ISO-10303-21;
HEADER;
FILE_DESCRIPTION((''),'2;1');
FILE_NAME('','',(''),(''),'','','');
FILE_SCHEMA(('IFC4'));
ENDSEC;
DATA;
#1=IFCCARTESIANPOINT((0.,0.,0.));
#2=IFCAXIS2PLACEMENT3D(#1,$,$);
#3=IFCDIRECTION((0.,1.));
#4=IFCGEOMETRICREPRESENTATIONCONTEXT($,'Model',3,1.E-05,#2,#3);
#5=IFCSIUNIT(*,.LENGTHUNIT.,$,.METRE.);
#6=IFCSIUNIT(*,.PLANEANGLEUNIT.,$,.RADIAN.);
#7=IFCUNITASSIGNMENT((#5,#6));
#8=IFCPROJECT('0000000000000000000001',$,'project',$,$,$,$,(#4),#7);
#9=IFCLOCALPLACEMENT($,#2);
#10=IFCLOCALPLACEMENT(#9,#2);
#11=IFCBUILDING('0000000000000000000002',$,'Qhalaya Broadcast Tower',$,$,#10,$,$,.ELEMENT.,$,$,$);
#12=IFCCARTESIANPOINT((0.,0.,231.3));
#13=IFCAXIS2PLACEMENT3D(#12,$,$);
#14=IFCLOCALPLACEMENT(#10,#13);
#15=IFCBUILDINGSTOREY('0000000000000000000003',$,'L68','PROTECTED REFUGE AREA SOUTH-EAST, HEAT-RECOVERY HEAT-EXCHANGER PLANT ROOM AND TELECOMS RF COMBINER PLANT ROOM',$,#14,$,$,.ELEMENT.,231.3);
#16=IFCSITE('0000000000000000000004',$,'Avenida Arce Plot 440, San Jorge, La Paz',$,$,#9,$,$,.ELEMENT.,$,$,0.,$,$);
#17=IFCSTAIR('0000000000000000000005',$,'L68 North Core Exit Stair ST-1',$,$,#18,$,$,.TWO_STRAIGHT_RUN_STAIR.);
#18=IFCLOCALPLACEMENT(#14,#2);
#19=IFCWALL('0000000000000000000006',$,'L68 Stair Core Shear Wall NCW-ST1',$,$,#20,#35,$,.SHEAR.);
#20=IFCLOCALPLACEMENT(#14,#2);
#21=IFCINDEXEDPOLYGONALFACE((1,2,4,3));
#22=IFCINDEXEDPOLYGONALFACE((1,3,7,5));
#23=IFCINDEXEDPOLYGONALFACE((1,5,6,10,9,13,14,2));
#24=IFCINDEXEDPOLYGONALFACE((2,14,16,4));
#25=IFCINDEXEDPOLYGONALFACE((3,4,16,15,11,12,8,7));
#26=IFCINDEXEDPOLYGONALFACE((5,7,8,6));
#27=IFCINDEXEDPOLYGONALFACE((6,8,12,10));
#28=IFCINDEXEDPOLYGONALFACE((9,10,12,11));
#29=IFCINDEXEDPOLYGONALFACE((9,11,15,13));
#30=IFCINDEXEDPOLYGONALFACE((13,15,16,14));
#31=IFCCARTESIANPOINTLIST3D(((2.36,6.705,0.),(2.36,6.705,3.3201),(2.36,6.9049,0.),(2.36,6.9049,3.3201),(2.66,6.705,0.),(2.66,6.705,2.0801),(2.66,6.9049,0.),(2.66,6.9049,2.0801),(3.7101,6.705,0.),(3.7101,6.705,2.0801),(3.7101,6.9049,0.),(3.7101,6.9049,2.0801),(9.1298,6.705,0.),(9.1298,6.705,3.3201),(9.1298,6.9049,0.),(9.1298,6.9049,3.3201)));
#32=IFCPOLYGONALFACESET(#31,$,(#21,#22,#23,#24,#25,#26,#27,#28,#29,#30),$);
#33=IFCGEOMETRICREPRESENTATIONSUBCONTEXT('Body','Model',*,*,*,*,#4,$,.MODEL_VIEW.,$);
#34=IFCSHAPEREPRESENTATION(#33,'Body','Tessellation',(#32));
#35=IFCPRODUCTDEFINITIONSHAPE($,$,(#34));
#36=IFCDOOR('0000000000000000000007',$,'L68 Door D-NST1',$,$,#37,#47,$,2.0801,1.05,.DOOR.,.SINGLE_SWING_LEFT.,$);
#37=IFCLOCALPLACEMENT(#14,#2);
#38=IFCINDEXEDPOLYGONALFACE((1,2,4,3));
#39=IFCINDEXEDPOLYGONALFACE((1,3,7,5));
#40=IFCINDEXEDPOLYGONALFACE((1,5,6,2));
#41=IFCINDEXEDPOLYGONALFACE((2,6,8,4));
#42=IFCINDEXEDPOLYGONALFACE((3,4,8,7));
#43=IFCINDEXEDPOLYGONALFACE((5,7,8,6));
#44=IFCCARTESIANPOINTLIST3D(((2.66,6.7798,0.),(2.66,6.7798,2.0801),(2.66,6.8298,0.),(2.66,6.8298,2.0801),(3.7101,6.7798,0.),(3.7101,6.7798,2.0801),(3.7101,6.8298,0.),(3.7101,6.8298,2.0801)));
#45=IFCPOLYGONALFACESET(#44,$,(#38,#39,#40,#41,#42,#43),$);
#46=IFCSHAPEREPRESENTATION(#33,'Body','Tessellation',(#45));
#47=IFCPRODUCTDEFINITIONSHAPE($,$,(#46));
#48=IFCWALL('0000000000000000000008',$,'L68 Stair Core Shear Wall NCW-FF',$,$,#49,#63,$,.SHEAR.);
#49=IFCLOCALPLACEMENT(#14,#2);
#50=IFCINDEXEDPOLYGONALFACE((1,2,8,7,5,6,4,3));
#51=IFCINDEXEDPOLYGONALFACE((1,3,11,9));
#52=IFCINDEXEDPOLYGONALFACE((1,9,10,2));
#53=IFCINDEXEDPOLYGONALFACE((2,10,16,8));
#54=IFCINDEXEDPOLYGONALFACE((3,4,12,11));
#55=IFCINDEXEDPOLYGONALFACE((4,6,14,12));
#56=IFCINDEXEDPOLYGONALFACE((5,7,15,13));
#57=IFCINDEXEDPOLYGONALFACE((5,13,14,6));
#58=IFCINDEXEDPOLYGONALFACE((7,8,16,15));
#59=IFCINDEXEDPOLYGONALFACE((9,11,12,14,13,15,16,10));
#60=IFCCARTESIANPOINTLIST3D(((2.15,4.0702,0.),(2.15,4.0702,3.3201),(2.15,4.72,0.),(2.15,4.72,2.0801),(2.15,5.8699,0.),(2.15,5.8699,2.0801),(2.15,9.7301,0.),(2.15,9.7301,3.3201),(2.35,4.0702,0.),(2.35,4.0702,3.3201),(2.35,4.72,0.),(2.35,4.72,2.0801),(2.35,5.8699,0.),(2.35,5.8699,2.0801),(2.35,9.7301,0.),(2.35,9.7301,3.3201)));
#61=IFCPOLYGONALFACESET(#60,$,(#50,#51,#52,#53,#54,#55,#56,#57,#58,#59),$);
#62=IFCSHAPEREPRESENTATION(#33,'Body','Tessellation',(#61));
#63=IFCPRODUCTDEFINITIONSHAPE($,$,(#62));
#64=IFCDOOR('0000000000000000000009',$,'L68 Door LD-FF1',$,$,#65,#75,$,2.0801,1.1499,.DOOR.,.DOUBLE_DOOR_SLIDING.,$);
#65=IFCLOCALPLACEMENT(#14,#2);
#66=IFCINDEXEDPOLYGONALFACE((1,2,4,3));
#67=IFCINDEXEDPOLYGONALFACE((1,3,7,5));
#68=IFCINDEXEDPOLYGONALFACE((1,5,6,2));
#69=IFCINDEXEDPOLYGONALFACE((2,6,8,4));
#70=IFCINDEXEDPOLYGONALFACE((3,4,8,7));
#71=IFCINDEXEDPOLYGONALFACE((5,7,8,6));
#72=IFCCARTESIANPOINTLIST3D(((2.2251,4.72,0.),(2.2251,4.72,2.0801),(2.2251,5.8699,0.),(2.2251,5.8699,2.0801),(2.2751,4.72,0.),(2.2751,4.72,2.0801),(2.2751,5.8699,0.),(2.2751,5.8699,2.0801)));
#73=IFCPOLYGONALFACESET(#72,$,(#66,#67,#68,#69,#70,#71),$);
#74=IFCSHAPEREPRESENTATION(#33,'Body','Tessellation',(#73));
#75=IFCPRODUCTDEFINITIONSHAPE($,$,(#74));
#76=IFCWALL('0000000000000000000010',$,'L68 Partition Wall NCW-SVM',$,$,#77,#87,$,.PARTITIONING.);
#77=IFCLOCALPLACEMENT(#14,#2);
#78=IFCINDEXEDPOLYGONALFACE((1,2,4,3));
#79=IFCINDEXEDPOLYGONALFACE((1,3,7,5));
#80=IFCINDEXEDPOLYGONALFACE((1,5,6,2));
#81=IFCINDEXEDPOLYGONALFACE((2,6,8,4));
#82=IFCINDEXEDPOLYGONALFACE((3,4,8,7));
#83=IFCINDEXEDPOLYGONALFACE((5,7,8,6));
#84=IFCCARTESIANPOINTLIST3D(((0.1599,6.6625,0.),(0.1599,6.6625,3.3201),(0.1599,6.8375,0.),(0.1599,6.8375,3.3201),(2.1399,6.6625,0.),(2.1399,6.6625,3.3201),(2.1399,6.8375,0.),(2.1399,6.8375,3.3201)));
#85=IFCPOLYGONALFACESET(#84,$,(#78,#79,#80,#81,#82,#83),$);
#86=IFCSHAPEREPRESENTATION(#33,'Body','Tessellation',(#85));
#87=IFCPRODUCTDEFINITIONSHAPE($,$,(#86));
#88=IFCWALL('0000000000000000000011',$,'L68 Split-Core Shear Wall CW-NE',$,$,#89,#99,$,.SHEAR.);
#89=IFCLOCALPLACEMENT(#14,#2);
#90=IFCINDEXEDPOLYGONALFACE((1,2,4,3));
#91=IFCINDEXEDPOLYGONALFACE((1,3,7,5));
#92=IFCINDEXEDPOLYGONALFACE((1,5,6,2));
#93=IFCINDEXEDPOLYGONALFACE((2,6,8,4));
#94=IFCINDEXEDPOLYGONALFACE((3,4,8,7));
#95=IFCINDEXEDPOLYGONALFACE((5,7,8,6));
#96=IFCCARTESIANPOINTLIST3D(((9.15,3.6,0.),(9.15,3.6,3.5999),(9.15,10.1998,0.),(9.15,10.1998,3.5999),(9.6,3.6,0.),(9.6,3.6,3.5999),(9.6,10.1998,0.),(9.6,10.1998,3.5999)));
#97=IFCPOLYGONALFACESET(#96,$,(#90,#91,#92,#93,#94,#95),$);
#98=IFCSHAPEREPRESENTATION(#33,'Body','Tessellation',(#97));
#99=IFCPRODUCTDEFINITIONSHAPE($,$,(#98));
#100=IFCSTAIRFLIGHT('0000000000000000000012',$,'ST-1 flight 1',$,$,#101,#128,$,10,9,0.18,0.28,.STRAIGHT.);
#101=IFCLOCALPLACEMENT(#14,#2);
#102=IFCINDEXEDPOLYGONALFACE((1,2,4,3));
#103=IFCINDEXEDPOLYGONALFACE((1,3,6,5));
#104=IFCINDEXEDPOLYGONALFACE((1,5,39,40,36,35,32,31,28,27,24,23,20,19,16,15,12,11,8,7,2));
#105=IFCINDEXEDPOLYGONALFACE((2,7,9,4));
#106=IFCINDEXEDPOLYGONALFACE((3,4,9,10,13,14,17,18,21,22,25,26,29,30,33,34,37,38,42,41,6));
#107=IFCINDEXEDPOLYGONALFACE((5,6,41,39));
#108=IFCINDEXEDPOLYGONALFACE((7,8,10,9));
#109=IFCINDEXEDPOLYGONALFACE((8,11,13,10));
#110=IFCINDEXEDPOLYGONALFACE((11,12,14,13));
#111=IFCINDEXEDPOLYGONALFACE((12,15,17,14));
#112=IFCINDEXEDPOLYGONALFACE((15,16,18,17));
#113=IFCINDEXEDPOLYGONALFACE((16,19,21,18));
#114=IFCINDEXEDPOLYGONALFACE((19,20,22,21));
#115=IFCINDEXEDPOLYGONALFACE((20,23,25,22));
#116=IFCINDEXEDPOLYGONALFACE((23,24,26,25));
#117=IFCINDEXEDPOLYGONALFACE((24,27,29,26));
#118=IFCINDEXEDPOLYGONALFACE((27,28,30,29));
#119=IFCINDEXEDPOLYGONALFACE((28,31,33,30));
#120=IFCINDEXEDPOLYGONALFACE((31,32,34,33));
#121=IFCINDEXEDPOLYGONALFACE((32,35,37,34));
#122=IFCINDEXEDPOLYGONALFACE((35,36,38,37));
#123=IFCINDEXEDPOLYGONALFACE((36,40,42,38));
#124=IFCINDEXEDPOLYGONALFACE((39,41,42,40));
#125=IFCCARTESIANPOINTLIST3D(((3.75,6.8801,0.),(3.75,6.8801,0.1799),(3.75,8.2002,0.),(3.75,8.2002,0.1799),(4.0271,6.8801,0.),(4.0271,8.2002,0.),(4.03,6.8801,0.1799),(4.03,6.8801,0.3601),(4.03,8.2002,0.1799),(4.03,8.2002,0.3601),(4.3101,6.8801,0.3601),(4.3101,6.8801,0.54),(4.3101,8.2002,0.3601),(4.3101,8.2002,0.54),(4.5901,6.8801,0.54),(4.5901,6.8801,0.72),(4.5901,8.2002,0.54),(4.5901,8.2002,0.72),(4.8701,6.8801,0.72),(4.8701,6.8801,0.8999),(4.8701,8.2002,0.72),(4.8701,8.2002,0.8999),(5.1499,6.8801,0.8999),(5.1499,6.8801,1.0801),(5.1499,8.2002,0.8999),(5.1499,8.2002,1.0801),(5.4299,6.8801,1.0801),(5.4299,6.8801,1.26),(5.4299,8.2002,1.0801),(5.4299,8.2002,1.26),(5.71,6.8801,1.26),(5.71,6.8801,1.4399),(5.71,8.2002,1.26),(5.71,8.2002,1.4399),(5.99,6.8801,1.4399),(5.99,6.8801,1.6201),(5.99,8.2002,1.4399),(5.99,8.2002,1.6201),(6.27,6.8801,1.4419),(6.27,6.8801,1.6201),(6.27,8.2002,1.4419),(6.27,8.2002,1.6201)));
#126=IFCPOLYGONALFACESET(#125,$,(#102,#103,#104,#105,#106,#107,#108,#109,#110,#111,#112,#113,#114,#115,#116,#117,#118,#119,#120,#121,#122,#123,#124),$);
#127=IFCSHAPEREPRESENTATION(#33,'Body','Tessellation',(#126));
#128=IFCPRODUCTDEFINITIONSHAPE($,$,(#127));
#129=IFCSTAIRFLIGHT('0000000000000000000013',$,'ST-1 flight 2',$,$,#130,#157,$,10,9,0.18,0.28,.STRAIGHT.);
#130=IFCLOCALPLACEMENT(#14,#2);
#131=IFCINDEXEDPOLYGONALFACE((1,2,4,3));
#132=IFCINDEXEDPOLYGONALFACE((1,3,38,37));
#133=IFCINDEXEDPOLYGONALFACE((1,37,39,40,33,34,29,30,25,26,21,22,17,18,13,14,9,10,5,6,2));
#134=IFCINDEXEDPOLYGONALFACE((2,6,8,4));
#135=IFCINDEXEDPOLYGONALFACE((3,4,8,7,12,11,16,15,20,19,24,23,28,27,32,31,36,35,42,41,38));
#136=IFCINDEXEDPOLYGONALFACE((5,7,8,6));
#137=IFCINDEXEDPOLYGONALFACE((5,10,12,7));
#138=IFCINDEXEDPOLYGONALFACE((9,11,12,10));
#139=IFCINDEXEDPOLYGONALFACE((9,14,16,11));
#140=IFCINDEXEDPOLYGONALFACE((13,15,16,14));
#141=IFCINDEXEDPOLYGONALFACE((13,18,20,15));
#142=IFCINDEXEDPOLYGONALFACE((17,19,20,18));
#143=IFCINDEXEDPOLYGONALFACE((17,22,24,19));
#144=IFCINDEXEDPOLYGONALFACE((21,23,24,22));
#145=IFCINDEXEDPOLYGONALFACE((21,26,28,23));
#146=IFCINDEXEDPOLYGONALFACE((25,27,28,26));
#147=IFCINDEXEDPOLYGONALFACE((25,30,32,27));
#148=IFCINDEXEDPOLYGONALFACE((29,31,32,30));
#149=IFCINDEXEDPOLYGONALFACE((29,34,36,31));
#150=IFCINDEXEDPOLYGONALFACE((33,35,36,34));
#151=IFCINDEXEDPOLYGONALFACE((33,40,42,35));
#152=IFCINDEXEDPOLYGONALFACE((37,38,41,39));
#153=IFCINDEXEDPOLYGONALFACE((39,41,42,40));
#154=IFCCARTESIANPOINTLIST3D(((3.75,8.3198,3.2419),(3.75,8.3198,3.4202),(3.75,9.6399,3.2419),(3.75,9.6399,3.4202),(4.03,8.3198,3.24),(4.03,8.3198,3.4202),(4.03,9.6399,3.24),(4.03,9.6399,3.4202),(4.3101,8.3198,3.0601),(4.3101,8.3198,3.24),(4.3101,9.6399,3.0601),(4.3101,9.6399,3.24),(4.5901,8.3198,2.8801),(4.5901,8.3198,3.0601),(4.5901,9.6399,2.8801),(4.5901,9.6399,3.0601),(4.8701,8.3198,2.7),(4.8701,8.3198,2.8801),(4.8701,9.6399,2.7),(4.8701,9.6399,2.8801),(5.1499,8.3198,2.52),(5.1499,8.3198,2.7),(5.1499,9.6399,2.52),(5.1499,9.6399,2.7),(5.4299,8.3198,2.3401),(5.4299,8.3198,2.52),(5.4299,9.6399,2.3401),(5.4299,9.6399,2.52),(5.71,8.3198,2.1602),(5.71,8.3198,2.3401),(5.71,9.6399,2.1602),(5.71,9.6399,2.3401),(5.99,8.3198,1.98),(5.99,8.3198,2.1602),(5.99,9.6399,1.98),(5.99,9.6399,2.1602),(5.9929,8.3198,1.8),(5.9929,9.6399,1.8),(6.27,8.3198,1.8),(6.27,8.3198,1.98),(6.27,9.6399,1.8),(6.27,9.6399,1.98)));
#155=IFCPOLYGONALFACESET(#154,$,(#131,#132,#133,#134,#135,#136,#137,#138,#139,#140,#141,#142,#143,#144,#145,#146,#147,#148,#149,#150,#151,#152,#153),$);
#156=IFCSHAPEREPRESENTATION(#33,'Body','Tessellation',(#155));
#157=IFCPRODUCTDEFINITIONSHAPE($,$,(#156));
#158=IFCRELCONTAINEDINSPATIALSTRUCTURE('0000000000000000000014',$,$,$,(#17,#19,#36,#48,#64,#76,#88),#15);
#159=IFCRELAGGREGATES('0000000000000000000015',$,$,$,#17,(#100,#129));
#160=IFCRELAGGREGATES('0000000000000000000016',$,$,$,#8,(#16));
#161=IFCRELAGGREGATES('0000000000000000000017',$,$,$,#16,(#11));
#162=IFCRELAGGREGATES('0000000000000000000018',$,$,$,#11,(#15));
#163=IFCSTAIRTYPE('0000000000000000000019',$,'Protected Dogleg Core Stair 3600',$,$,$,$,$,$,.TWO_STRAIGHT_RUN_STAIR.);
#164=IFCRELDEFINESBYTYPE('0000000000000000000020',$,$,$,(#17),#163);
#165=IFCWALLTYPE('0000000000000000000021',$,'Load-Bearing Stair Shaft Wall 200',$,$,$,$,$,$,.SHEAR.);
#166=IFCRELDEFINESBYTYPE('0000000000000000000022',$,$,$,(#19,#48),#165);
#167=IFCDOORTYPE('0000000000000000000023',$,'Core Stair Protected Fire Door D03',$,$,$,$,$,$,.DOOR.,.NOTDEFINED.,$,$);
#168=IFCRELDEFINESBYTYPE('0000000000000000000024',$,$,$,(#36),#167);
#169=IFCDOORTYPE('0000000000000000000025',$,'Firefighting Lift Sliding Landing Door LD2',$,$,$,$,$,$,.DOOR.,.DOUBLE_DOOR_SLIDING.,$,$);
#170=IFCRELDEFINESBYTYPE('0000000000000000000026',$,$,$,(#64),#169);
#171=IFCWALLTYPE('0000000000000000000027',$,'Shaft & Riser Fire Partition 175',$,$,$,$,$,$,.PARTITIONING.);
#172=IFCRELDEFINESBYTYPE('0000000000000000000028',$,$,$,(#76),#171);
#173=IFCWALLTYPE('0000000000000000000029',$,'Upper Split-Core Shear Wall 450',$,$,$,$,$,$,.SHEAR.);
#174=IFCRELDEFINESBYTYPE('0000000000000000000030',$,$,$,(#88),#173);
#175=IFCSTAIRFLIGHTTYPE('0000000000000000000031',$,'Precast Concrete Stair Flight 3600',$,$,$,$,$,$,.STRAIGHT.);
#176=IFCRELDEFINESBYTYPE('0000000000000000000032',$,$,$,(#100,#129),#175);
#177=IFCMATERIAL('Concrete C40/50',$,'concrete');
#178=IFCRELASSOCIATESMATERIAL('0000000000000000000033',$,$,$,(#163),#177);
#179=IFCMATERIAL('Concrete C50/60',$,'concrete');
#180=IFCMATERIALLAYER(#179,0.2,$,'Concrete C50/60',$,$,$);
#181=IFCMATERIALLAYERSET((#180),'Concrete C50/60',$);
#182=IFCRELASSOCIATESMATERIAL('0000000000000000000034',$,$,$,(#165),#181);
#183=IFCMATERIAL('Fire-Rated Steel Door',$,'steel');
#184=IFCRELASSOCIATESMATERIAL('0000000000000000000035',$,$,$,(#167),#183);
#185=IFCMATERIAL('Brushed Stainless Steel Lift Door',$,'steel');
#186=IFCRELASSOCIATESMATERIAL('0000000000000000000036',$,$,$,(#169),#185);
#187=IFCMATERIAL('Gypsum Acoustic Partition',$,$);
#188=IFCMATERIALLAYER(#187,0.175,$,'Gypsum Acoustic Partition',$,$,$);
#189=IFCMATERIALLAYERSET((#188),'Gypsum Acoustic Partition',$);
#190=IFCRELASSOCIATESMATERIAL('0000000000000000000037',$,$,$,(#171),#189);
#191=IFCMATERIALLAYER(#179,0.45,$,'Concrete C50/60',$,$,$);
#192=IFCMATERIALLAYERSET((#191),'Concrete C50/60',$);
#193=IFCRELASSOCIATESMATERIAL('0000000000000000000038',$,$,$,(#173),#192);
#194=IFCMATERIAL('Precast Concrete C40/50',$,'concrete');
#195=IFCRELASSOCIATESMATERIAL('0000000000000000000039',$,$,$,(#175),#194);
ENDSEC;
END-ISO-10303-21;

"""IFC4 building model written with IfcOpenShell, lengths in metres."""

from ifc_helpers import new_model, si_unit, direction, frame, frame_2d, origin, place, context, subcontext, project, spatial, polyline, rectangle, outline, extrude, material, layer, layer_set, type_object, element, fill, aggregate, save


model = new_model("IFC4")

# Units and contexts
model_context = context("Model", 3, precision=1e-05, world=origin(), true_north=direction((0.0, 1.0)))
body_context = subcontext(model_context, "Body", "Model", "MODEL_VIEW")
ifc_project = project(units=[si_unit("LENGTHUNIT", "METRE"), si_unit("PLANEANGLEUNIT", "RADIAN")], contexts=[model_context])

# Site, building, storey
site_placement = place(None, origin())
site = spatial("IfcSite", under=ifc_project, at=site_placement, Name="Avenida Arce Plot 440, San Jorge, La Paz", CompositionType="ELEMENT", RefElevation=0.0)
building_placement = place(site_placement, origin())
building = spatial("IfcBuilding", under=site, at=building_placement, Name="Qhalaya Broadcast Tower", CompositionType="ELEMENT")
storey_placement = place(building_placement, frame((0.0, 0.0, 231.3)))
storey = spatial("IfcBuildingStorey", under=building, at=storey_placement, Name="L68", Description="PROTECTED REFUGE AREA SOUTH-EAST, HEAT-RECOVERY HEAT-EXCHANGER PLANT ROOM AND TELECOMS RF COMBINER PLANT ROOM", CompositionType="ELEMENT", Elevation=231.3)

# Stair
ifc_material_1 = material(Name="Concrete C40/50", Category="concrete")
stair_type = type_object("IfcStairType", Name="Protected Dogleg Core Stair 3600", PredefinedType="TWO_STRAIGHT_RUN_STAIR", material=ifc_material_1)
stair_1_placement = place(storey_placement, origin())
stair_1 = element("IfcStair", 1, at=stair_1_placement, inside=storey, type_object=stair_type, Name="L68 North Core Exit Stair ST-1", PredefinedType="TWO_STRAIGHT_RUN_STAIR")

# Walls, openings, doors
ifc_material_2 = material(Name="Concrete C50/60", Category="concrete")
ifc_layer_1 = layer(ifc_material_2, 0.2, Name="Concrete C50/60")
ifc_layer_set_1 = layer_set([ifc_layer_1], Name="Concrete C50/60")
wall_type_1 = type_object("IfcWallType", Name="Load-Bearing Stair Shaft Wall 200", PredefinedType="SHEAR", material=ifc_layer_set_1)
wall_1_placement = place(storey_placement, frame((2.3601, 6.8049, 0.0), z_axis=(0.0, 0.0, 1.0), x_axis=(1.0, 0.0, 0.0)))
wall_1 = element("IfcWall", 2, at=wall_1_placement, inside=storey, type_object=wall_type_1, Name="L68 Stair Core Shear Wall NCW-ST1", PredefinedType="SHEAR", context=body_context, shape_type="SweptSolid", body=[
    extrude(rectangle(XDim=6.7698, YDim=0.2, at=frame_2d((3.3848, 0.0))), origin(), (0.0, 0.0, 1.0), 3.3201),
])
opening_1_placement = place(wall_1_placement, frame((0.3, 0.0, 0.0)))
opening_1 = element("IfcOpeningElement", 3, at=opening_1_placement, cuts=wall_1, PredefinedType="OPENING", context=body_context, shape_type="SweptSolid", body=[
    extrude(rectangle(XDim=1.05, YDim=2.0801, at=frame_2d((0.5249, 1.04))), frame((0.0, 0.1121, 0.0), z_axis=(0.0, -1.0, 0.0), x_axis=(1.0, 0.0, 0.0)), (0.0, 0.0, 1.0), 0.2239),
])
ifc_material_3 = material(Name="Fire-Rated Steel Door", Category="steel")
door_type_1 = type_object("IfcDoorType", Name="Core Stair Protected Fire Door D03", OperationType="NOTDEFINED", PredefinedType="DOOR", material=ifc_material_3)
door_1_placement = place(opening_1_placement, origin())
door_1 = element("IfcDoor", 4, at=door_1_placement, inside=storey, type_object=door_type_1, Name="L68 Door D-NST1", OperationType="SINGLE_SWING_LEFT", OverallHeight=2.0801, OverallWidth=1.05, PredefinedType="DOOR", context=body_context, shape_type="SweptSolid", body=[
    extrude(rectangle(XDim=1.05, YDim=2.0801, at=frame_2d((0.5249, 1.04))), frame((0.0, 0.0249, 0.0), z_axis=(0.0, -1.0, 0.0), x_axis=(1.0, 0.0, 0.0)), (0.0, 0.0, 1.0), 0.05),
])
fill(opening_1, door_1)
wall_2_placement = place(storey_placement, frame((2.25, 4.0701, 0.0), z_axis=(0.0, 0.0, 1.0), x_axis=(0.0, 1.0, 0.0)))
wall_2 = element("IfcWall", 5, at=wall_2_placement, inside=storey, type_object=wall_type_1, Name="L68 Stair Core Shear Wall NCW-FF", PredefinedType="SHEAR", context=body_context, shape_type="SweptSolid", body=[
    extrude(rectangle(XDim=5.6599, YDim=0.2, at=frame_2d((2.8301, 0.0))), origin(), (0.0, 0.0, 1.0), 3.3201),
])
opening_2_placement = place(wall_2_placement, frame((0.6499, 0.0, 0.0)))
opening_2 = element("IfcOpeningElement", 6, at=opening_2_placement, cuts=wall_2, PredefinedType="OPENING", context=body_context, shape_type="SweptSolid", body=[
    extrude(rectangle(XDim=1.1499, YDim=2.0801, at=frame_2d((0.575, 1.04))), frame((0.0, 0.1121, 0.0), z_axis=(0.0, -1.0, 0.0), x_axis=(1.0, 0.0, 0.0)), (0.0, 0.0, 1.0), 0.2239),
])
ifc_material_4 = material(Name="Brushed Stainless Steel Lift Door", Category="steel")
door_type_2 = type_object("IfcDoorType", Name="Firefighting Lift Sliding Landing Door LD2", OperationType="DOUBLE_DOOR_SLIDING", PredefinedType="DOOR", material=ifc_material_4)
door_2_placement = place(opening_2_placement, origin())
door_2 = element("IfcDoor", 7, at=door_2_placement, inside=storey, type_object=door_type_2, Name="L68 Door LD-FF1", OperationType="DOUBLE_DOOR_SLIDING", OverallHeight=2.0801, OverallWidth=1.1499, PredefinedType="DOOR", context=body_context, shape_type="SweptSolid", body=[
    extrude(rectangle(XDim=1.1499, YDim=2.0801, at=frame_2d((0.575, 1.04))), frame((0.0, 0.0249, 0.0), z_axis=(0.0, -1.0, 0.0), x_axis=(1.0, 0.0, 0.0)), (0.0, 0.0, 1.0), 0.05),
])
fill(opening_2, door_2)
ifc_material_5 = material(Name="Gypsum Acoustic Partition")
ifc_layer_2 = layer(ifc_material_5, 0.175, Name="Gypsum Acoustic Partition")
ifc_layer_set_2 = layer_set([ifc_layer_2], Name="Gypsum Acoustic Partition")
wall_type_2 = type_object("IfcWallType", Name="Shaft & Riser Fire Partition 175", PredefinedType="PARTITIONING", material=ifc_layer_set_2)

# Walls
wall_3_placement = place(storey_placement, frame((0.1599, 6.75, 0.0), z_axis=(0.0, 0.0, 1.0), x_axis=(1.0, 0.0, 0.0)))
element("IfcWall", 8, at=wall_3_placement, inside=storey, type_object=wall_type_2, Name="L68 Partition Wall NCW-SVM", PredefinedType="PARTITIONING", context=body_context, shape_type="SweptSolid", body=[
    extrude(rectangle(XDim=1.98, YDim=0.175, at=frame_2d((0.99, 0.0))), origin(), (0.0, 0.0, 1.0), 3.3201),
])
ifc_layer_3 = layer(ifc_material_2, 0.45, Name="Concrete C50/60")
ifc_layer_set_3 = layer_set([ifc_layer_3], Name="Concrete C50/60")
wall_type_3 = type_object("IfcWallType", Name="Upper Split-Core Shear Wall 450", PredefinedType="SHEAR", material=ifc_layer_set_3)
wall_4_placement = place(storey_placement, frame((9.375, 3.6001, 0.0), z_axis=(0.0, 0.0, 1.0), x_axis=(0.0, 1.0, 0.0)))
element("IfcWall", 9, at=wall_4_placement, inside=storey, type_object=wall_type_3, Name="L68 Split-Core Shear Wall CW-NE", PredefinedType="SHEAR", context=body_context, shape_type="SweptSolid", body=[
    extrude(rectangle(XDim=6.5999, YDim=0.45, at=frame_2d((3.2998, 0.0))), origin(), (0.0, 0.0, 1.0), 3.5999),
])

# Stair flights
ifc_material_6 = material(Name="Precast Concrete C40/50", Category="concrete")
stair_flight_type = type_object("IfcStairFlightType", Name="Precast Concrete Stair Flight 3600", PredefinedType="STRAIGHT", material=ifc_material_6)
stair_flight_1_placement = place(storey_placement, frame((3.75, 7.54, 0.0), z_axis=(0.0, 0.0, 1.0), x_axis=(1.0, 0.0, 0.0)))
stair_flight_1 = element("IfcStairFlight", 10, at=stair_flight_1_placement, type_object=stair_flight_type, Name="ST-1 flight 1", NumberOfRisers=10, NumberOfTreads=9, PredefinedType="STRAIGHT", RiserHeight=0.18, TreadLength=0.28, context=body_context, shape_type="SweptSolid", body=[
    extrude(outline(polyline([(0.0, 0.0), (0.0, 0.1799), (0.28, 0.1799), (0.28, 0.3601), (0.5601, 0.3601), (0.5601, 0.54), (0.8401, 0.54), (0.8401, 0.72), (1.1201, 0.72), (1.1201, 0.8999), (1.3999, 0.8999), (1.3999, 1.0801), (1.6799, 1.0801), (1.6799, 1.26), (1.96, 1.26), (1.96, 1.4399), (2.24, 1.4399), (2.24, 1.6201), (2.52, 1.6201), (2.52, 1.8), (2.52, 1.4419), (0.2771, 0.0), (0.0, 0.0)])), frame((0.0, 0.6602, 0.0), z_axis=(0.0, -1.0, 0.0), x_axis=(1.0, 0.0, 0.0)), (0.0, 0.0, 1.0), 1.3201),
])
stair_flight_2_placement = place(storey_placement, frame((6.27, 8.98, 1.8), z_axis=(0.0, 0.0, 1.0), x_axis=(-1.0, 0.0, 0.0)))
stair_flight_2 = element("IfcStairFlight", 11, at=stair_flight_2_placement, type_object=stair_flight_type, Name="ST-1 flight 2", NumberOfRisers=10, NumberOfTreads=9, PredefinedType="STRAIGHT", RiserHeight=0.18, TreadLength=0.28, context=body_context, shape_type="SweptSolid", body=[
    extrude(outline(polyline([(0.0, 0.0), (0.0, 0.1799), (0.28, 0.1799), (0.28, 0.3601), (0.5601, 0.3601), (0.5601, 0.54), (0.8401, 0.54), (0.8401, 0.72), (1.1201, 0.72), (1.1201, 0.8999), (1.3999, 0.8999), (1.3999, 1.0801), (1.6799, 1.0801), (1.6799, 1.26), (1.96, 1.26), (1.96, 1.4399), (2.24, 1.4399), (2.24, 1.6201), (2.52, 1.6201), (2.52, 1.8), (2.52, 1.4419), (0.2771, 0.0), (0.0, 0.0)])), frame((0.0, 0.6602, 0.0), z_axis=(0.0, -1.0, 0.0), x_axis=(1.0, 0.0, 0.0)), (0.0, 0.0, 1.0), 1.3201),
])
aggregate(stair_1, [stair_flight_1, stair_flight_2])

save(model, "model.ifc")
